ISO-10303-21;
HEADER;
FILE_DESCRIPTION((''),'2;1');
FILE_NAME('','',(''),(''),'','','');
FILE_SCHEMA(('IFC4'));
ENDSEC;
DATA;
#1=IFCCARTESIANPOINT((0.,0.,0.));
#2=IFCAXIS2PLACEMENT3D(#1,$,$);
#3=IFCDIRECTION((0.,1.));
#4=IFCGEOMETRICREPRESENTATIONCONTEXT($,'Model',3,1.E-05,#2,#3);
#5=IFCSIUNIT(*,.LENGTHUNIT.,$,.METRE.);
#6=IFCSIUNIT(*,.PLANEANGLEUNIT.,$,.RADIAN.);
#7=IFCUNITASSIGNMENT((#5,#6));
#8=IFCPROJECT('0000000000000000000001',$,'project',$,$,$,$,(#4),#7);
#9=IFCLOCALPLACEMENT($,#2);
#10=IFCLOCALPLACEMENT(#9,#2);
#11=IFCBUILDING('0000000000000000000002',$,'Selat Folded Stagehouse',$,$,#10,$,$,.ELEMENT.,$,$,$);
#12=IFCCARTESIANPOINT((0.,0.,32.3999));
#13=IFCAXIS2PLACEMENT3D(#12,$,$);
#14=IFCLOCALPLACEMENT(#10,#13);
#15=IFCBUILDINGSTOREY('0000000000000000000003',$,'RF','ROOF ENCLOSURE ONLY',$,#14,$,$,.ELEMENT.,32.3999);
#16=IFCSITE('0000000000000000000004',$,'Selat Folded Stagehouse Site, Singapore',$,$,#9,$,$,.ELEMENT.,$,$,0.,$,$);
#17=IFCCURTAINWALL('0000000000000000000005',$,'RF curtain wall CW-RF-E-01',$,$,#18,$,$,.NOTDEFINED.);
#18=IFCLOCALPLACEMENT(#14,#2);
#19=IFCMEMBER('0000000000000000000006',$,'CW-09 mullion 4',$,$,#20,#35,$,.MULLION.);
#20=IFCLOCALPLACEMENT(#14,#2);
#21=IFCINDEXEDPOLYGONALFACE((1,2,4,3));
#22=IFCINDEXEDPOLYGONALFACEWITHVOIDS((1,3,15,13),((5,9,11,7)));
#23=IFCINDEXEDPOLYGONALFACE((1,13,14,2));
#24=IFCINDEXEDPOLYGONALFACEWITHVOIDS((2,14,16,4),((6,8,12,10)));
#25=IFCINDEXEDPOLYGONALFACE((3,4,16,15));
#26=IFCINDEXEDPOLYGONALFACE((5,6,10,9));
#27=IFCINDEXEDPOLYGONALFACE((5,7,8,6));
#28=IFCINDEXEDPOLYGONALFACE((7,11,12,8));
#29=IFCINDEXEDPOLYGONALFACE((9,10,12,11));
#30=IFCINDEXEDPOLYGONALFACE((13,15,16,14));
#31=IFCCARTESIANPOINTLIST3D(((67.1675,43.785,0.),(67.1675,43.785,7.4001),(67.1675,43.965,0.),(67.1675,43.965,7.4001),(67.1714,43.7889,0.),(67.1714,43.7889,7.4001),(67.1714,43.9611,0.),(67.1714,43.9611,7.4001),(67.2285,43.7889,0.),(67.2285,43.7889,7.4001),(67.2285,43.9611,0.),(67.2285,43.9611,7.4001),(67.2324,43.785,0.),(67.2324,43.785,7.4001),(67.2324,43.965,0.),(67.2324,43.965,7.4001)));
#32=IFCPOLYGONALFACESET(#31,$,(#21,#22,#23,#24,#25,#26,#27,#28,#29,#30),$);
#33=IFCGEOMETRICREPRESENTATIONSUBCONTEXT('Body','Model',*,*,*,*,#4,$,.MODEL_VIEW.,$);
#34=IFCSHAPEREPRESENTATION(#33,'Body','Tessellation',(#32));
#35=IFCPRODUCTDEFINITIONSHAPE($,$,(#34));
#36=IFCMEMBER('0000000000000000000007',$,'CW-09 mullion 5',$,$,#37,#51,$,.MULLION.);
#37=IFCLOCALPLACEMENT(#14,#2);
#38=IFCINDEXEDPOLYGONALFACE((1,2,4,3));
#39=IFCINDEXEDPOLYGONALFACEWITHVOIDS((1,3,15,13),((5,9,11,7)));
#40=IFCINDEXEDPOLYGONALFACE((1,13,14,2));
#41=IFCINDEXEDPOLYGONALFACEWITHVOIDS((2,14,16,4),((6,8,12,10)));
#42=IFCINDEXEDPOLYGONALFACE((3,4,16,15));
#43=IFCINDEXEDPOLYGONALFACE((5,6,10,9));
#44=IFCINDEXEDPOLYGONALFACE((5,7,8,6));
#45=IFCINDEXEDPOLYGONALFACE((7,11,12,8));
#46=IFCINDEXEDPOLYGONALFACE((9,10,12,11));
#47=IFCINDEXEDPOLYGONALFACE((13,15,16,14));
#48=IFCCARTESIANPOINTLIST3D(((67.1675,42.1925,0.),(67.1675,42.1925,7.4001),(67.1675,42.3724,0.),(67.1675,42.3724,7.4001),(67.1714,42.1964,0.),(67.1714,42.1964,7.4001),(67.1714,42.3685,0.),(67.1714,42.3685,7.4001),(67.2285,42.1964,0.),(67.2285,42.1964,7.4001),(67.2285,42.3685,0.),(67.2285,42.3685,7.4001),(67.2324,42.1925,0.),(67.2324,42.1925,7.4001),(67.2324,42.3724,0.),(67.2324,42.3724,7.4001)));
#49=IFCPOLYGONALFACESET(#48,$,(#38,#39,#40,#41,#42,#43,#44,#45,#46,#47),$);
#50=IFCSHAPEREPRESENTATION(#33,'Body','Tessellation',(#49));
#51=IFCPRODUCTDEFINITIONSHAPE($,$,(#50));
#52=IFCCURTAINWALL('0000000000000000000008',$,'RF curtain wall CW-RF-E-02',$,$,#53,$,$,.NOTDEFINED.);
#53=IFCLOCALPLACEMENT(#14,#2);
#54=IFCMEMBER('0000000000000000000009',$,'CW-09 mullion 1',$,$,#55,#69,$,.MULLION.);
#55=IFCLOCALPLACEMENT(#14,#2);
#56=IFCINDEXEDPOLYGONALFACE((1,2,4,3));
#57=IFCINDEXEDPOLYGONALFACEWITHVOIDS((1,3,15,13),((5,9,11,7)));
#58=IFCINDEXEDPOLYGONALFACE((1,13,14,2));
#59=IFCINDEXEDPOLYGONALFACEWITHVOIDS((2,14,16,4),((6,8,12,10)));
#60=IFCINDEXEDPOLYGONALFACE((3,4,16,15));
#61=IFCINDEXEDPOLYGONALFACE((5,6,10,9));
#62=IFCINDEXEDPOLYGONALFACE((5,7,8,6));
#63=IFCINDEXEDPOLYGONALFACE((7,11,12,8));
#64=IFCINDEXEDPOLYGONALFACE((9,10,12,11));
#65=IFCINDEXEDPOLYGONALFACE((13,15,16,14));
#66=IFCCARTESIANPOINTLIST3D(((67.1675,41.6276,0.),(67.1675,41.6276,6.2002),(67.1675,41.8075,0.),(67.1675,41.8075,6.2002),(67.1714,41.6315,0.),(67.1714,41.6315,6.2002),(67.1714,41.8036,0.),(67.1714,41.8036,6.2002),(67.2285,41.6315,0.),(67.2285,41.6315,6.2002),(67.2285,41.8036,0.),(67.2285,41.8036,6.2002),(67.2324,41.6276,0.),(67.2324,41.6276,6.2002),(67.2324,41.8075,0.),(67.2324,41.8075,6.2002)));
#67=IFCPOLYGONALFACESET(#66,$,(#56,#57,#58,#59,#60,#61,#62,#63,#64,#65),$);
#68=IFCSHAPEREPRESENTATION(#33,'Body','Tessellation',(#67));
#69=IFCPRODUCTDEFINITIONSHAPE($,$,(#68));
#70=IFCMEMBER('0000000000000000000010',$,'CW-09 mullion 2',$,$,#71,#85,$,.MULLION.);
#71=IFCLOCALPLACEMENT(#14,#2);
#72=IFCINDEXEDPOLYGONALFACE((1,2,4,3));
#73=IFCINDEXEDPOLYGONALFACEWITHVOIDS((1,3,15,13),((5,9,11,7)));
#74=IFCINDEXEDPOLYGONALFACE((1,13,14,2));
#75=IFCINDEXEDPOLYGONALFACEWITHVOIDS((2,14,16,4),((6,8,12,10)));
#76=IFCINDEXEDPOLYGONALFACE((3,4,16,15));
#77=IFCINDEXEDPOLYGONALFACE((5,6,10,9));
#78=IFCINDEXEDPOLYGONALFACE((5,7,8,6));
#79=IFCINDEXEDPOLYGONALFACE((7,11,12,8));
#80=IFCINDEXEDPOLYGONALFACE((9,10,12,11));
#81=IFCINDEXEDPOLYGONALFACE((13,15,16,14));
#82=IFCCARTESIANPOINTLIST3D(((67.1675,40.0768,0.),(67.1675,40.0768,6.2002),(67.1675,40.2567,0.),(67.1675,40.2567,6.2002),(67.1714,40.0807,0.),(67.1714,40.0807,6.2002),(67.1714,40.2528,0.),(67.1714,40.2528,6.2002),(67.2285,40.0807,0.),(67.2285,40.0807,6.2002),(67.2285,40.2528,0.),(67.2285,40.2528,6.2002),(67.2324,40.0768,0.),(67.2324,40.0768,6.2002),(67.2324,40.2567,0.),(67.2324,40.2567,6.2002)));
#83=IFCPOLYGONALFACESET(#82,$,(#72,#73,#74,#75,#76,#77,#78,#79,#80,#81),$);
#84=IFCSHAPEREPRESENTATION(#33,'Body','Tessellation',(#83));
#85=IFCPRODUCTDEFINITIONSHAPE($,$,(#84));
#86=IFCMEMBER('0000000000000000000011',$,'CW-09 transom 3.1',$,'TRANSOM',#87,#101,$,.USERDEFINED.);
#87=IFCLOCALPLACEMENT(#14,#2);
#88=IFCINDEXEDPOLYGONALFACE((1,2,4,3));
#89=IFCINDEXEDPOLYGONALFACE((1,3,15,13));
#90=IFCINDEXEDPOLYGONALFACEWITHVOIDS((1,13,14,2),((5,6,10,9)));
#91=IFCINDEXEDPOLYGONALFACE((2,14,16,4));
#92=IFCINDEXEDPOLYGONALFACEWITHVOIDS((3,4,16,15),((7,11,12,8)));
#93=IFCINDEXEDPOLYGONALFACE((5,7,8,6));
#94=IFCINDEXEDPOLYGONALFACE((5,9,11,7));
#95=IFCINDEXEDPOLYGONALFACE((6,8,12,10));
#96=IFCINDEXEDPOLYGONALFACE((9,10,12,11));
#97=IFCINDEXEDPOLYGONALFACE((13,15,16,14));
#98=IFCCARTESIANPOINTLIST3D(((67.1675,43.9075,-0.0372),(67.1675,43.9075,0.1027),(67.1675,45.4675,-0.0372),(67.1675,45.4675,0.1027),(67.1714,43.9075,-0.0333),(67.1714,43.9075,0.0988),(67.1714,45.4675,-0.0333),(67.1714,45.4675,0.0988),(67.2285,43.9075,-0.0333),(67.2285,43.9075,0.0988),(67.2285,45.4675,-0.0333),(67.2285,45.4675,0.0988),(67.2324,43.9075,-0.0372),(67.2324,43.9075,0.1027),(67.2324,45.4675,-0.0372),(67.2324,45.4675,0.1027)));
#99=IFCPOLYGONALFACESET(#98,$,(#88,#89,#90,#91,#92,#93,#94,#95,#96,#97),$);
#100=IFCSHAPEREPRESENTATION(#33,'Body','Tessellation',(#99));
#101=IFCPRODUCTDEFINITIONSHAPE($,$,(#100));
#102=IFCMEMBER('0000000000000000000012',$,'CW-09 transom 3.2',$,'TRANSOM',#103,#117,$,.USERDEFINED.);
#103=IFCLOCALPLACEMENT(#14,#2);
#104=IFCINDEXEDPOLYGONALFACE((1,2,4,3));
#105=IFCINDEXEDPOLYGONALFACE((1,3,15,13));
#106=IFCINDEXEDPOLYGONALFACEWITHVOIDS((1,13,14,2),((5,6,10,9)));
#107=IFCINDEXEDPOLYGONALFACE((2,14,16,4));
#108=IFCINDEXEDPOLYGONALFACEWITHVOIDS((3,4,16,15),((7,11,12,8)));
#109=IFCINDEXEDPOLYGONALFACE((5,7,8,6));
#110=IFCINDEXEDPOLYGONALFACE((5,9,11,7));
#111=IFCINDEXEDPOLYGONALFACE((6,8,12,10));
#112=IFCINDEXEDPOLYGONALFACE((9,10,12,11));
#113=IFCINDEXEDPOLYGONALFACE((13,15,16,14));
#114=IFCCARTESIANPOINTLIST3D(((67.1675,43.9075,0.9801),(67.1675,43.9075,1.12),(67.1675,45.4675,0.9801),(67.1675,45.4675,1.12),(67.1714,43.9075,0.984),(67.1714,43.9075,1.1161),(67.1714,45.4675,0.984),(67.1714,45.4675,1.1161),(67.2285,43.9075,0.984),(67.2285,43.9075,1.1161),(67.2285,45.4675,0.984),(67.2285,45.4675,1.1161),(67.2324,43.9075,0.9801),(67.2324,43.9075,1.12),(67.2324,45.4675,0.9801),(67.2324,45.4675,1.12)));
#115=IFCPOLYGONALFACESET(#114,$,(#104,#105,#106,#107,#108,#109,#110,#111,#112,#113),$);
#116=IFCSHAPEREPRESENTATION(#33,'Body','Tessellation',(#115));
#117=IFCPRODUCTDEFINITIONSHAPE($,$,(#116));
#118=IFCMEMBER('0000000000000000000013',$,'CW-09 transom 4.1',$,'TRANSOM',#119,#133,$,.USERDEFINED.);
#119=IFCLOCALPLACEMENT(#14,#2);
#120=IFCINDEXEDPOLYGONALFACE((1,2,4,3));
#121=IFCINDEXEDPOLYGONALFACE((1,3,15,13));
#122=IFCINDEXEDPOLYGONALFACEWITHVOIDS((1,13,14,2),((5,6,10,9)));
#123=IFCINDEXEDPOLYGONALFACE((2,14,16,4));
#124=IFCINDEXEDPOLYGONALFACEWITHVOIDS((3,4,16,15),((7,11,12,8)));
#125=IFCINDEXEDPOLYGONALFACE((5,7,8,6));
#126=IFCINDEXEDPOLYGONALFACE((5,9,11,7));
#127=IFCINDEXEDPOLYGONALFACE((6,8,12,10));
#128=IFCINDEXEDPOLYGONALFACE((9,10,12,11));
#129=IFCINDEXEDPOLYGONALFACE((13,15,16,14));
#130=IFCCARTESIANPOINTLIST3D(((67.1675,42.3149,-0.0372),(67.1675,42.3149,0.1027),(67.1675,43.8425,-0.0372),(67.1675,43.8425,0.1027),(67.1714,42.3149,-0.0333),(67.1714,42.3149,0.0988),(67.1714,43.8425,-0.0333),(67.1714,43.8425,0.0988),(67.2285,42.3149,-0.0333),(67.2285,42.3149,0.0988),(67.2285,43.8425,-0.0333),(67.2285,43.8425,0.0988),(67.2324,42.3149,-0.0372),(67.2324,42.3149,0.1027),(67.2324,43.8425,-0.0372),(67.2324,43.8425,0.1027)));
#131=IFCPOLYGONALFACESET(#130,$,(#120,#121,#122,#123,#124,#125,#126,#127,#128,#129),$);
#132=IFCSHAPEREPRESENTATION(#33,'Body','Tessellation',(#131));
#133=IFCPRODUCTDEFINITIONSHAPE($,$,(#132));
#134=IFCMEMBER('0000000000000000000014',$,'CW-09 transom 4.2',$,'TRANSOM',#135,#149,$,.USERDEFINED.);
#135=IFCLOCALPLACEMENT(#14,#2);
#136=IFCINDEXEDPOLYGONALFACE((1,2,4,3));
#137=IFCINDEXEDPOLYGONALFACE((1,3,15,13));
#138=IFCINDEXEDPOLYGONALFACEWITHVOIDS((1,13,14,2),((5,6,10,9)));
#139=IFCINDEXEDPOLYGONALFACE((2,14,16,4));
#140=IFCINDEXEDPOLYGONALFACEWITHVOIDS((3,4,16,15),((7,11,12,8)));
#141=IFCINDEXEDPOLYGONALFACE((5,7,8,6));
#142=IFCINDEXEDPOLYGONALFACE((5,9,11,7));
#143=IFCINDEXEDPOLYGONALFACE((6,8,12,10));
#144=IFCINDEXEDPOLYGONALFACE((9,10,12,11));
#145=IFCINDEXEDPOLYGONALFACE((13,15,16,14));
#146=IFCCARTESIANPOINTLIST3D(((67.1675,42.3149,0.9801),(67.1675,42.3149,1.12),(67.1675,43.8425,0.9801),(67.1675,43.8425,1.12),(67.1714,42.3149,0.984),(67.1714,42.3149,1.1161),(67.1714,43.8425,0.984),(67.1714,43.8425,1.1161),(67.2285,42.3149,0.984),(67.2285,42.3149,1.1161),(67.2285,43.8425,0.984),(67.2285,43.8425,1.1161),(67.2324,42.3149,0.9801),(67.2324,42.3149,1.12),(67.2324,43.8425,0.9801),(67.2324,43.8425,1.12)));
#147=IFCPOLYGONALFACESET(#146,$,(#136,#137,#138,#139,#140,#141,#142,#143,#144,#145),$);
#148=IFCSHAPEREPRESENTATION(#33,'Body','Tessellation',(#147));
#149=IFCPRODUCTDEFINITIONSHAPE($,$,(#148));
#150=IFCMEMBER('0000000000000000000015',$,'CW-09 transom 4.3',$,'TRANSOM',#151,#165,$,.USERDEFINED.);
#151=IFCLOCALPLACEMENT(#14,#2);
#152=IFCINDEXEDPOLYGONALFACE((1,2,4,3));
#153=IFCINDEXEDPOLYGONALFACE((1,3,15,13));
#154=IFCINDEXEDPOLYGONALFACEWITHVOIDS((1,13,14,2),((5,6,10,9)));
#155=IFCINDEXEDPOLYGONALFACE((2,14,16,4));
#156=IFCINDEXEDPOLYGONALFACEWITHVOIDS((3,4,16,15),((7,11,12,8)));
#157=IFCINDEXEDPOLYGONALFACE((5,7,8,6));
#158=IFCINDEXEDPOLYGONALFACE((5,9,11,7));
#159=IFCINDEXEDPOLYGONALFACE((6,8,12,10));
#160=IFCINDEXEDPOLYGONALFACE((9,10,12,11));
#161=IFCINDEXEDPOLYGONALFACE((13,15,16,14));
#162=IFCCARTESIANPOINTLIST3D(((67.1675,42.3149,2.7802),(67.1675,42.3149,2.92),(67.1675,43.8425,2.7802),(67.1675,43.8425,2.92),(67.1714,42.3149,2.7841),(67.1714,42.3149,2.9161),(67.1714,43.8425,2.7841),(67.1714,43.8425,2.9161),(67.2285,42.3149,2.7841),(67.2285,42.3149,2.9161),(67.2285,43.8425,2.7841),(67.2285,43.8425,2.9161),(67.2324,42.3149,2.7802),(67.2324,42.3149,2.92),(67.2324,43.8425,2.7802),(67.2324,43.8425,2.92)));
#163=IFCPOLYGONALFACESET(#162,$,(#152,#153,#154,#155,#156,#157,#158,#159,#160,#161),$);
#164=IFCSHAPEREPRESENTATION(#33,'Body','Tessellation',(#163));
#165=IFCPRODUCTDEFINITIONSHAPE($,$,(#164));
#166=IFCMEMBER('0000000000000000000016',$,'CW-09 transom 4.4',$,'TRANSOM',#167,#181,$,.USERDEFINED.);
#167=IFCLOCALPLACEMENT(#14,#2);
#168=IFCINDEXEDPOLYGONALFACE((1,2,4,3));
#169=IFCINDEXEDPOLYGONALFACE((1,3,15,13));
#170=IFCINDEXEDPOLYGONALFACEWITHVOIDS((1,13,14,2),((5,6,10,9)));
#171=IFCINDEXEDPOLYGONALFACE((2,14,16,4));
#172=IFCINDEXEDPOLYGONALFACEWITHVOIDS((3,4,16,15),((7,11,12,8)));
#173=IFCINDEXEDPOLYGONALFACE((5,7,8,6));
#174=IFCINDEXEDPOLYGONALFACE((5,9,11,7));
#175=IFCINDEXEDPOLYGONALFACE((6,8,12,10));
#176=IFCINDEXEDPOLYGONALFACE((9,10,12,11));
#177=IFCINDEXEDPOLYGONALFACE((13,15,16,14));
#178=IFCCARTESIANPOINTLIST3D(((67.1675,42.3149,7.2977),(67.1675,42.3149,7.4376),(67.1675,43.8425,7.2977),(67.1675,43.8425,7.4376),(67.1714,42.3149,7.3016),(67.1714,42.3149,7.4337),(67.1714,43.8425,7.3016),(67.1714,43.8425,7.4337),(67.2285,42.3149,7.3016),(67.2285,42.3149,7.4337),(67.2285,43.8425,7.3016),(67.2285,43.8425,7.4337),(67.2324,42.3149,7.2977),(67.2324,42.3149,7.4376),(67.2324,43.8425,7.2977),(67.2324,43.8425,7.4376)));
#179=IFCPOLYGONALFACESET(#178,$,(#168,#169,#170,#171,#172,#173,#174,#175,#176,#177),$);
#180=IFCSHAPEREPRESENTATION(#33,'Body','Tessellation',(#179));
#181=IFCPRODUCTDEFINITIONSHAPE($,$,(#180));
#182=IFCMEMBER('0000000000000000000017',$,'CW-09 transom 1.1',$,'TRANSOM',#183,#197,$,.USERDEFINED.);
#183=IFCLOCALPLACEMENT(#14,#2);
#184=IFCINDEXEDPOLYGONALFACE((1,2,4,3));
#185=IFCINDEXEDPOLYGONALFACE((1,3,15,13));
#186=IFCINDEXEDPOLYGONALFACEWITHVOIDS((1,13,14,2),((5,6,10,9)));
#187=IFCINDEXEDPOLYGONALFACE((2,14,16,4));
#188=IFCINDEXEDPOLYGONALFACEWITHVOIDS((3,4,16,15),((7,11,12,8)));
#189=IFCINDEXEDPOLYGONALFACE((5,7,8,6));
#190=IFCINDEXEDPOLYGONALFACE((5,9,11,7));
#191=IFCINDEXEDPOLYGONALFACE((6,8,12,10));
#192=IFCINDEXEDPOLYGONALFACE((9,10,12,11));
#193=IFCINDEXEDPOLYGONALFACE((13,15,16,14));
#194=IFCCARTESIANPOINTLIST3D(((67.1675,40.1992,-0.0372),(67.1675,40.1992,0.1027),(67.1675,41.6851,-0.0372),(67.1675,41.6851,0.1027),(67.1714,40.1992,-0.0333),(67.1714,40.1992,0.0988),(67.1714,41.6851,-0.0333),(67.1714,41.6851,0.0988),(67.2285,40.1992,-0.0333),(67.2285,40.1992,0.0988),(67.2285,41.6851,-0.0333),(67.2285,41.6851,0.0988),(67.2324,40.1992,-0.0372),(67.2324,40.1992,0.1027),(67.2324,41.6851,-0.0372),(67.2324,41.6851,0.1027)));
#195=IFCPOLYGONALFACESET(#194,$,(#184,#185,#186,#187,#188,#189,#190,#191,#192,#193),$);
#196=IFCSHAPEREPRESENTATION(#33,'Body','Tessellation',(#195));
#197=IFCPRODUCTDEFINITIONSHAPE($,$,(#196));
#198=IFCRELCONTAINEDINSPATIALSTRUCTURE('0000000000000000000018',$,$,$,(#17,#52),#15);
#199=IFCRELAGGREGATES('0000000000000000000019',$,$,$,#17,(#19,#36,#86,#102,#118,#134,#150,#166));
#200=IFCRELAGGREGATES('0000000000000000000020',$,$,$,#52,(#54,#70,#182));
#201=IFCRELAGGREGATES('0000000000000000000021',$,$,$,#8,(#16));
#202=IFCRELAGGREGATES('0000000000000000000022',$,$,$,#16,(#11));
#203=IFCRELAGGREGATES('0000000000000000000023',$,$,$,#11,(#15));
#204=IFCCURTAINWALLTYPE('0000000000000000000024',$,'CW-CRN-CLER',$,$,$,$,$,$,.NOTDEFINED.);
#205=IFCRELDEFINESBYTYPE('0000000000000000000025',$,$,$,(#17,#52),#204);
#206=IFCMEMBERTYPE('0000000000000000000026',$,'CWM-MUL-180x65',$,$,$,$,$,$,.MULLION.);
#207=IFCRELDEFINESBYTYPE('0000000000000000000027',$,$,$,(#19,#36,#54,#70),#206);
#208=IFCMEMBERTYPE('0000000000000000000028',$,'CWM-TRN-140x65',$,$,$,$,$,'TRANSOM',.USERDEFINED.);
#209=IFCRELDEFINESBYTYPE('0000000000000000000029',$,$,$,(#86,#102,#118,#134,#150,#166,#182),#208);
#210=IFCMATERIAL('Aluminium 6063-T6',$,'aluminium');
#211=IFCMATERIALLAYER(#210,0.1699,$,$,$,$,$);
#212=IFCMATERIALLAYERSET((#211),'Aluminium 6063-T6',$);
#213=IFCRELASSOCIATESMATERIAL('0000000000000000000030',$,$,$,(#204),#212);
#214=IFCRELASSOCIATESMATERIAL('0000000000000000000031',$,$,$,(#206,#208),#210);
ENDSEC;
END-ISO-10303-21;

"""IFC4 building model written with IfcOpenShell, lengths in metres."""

from ifc_helpers import new_model, si_unit, direction, frame, origin, origin_2d, place, context, subcontext, project, spatial, hollow_rectangle, extrude, material, layer, layer_set, material_profile, profile_set, type_object, element, aggregate, save


model = new_model("IFC4")

# Units and contexts
model_context = context("Model", 3, precision=1e-05, world=origin(), true_north=direction((0.0, 1.0)))
body_context = subcontext(model_context, "Body", "Model", "MODEL_VIEW")
ifc_project = project(units=[si_unit("LENGTHUNIT", "METRE"), si_unit("PLANEANGLEUNIT", "RADIAN")], contexts=[model_context])

# Site, building, storey
site_placement = place(None, origin())
site = spatial("IfcSite", under=ifc_project, at=site_placement, Name="Selat Folded Stagehouse Site, Singapore", CompositionType="ELEMENT", RefElevation=0.0)
building_placement = place(site_placement, origin())
building = spatial("IfcBuilding", under=site, at=building_placement, Name="Selat Folded Stagehouse", CompositionType="ELEMENT")
storey_placement = place(building_placement, frame((0.0, 0.0, 32.3999)))
storey = spatial("IfcBuildingStorey", under=building, at=storey_placement, Name="RF", Description="ROOF ENCLOSURE ONLY", CompositionType="ELEMENT", Elevation=32.3999)

# Curtain walls, members
ifc_material_1 = material(Name="Aluminium 6063-T6", Category="aluminium")
ifc_layer_1 = layer(ifc_material_1, 0.1699)
ifc_layer_set_1 = layer_set([ifc_layer_1], Name="Aluminium 6063-T6")
curtain_wall_type = type_object("IfcCurtainWallType", Name="CW-CRN-CLER", PredefinedType="NOTDEFINED", material=ifc_layer_set_1)
curtain_wall_1_placement = place(storey_placement, origin())
curtain_wall_1 = element("IfcCurtainWall", 1, at=curtain_wall_1_placement, inside=storey, type_object=curtain_wall_type, Name="RF curtain wall CW-RF-E-01", PredefinedType="NOTDEFINED")
ifc_material_profile_1 = material_profile(ifc_material_1, hollow_rectangle(XDim=0.0649, YDim=0.1799, WallThickness=0.0039, at=origin_2d()), Name="ALU 180x65x4.0")
ifc_profile_set_1 = profile_set([ifc_material_profile_1], Name="Aluminium 6063-T6")
member_type_1 = type_object("IfcMemberType", Name="CWM-MUL-180x65", PredefinedType="MULLION", material=ifc_profile_set_1)
member_1_placement = place(storey_placement, frame((67.2, 43.875, 0.0), z_axis=(0.0, 0.0, 1.0), x_axis=(1.0, 0.0, 0.0)))
member_1 = element("IfcMember", 2, at=member_1_placement, type_object=member_type_1, Name="CW-09 mullion 4", PredefinedType="MULLION", context=body_context, shape_type="SweptSolid", body=[
    extrude(hollow_rectangle(XDim=0.0649, YDim=0.1799, WallThickness=0.0039, at=origin_2d()), origin(), (0.0, 0.0, 1.0), 7.4001),
])
member_2_placement = place(storey_placement, frame((67.2, 42.2825, 0.0), z_axis=(0.0, 0.0, 1.0), x_axis=(1.0, 0.0, 0.0)))
member_2 = element("IfcMember", 3, at=member_2_placement, type_object=member_type_1, Name="CW-09 mullion 5", PredefinedType="MULLION", context=body_context, shape_type="SweptSolid", body=[
    extrude(hollow_rectangle(XDim=0.0649, YDim=0.1799, WallThickness=0.0039, at=origin_2d()), origin(), (0.0, 0.0, 1.0), 7.4001),
])
curtain_wall_2_placement = place(storey_placement, origin())
curtain_wall_2 = element("IfcCurtainWall", 4, at=curtain_wall_2_placement, inside=storey, type_object=curtain_wall_type, Name="RF curtain wall CW-RF-E-02", PredefinedType="NOTDEFINED")
member_3_placement = place(storey_placement, frame((67.2, 41.7175, 0.0), z_axis=(0.0, 0.0, 1.0), x_axis=(1.0, 0.0, 0.0)))
member_3 = element("IfcMember", 5, at=member_3_placement, type_object=member_type_1, Name="CW-09 mullion 1", PredefinedType="MULLION", context=body_context, shape_type="SweptSolid", body=[
    extrude(hollow_rectangle(XDim=0.0649, YDim=0.1799, WallThickness=0.0039, at=origin_2d()), origin(), (0.0, 0.0, 1.0), 6.2002),
])
member_4_placement = place(storey_placement, frame((67.2, 40.1667, 0.0), z_axis=(0.0, 0.0, 1.0), x_axis=(1.0, 0.0, 0.0)))
member_4 = element("IfcMember", 6, at=member_4_placement, type_object=member_type_1, Name="CW-09 mullion 2", PredefinedType="MULLION", context=body_context, shape_type="SweptSolid", body=[
    extrude(hollow_rectangle(XDim=0.0649, YDim=0.1799, WallThickness=0.0039, at=origin_2d()), origin(), (0.0, 0.0, 1.0), 6.2002),
])

# Members
ifc_material_profile_2 = material_profile(ifc_material_1, hollow_rectangle(XDim=0.0649, YDim=0.1399, WallThickness=0.0039, at=origin_2d()), Name="ALU 140x65x4.0")
ifc_profile_set_2 = profile_set([ifc_material_profile_2], Name="Aluminium 6063-T6")
member_type_2 = type_object("IfcMemberType", Name="CWM-TRN-140x65", ElementType="TRANSOM", PredefinedType="USERDEFINED", material=ifc_profile_set_2)
member_5_placement = place(storey_placement, frame((67.2, 45.4675, 0.0327), z_axis=(0.0, -1.0, 0.0), x_axis=(1.0, 0.0, 0.0)))
member_5 = element("IfcMember", 7, at=member_5_placement, type_object=member_type_2, Name="CW-09 transom 3.1", ObjectType="TRANSOM", PredefinedType="USERDEFINED", context=body_context, shape_type="SweptSolid", body=[
    extrude(hollow_rectangle(XDim=0.0649, YDim=0.1399, WallThickness=0.0039, at=origin_2d()), origin(), (0.0, 0.0, 1.0), 1.5601),
])
member_6_placement = place(storey_placement, frame((67.2, 45.4675, 1.05), z_axis=(0.0, -1.0, 0.0), x_axis=(1.0, 0.0, 0.0)))
member_6 = element("IfcMember", 8, at=member_6_placement, type_object=member_type_2, Name="CW-09 transom 3.2", ObjectType="TRANSOM", PredefinedType="USERDEFINED", context=body_context, shape_type="SweptSolid", body=[
    extrude(hollow_rectangle(XDim=0.0649, YDim=0.1399, WallThickness=0.0039, at=origin_2d()), origin(), (0.0, 0.0, 1.0), 1.5601),
])
member_7_placement = place(storey_placement, frame((67.2, 43.8425, 0.0327), z_axis=(0.0, -1.0, 0.0), x_axis=(1.0, 0.0, 0.0)))
member_7 = element("IfcMember", 9, at=member_7_placement, type_object=member_type_2, Name="CW-09 transom 4.1", ObjectType="TRANSOM", PredefinedType="USERDEFINED", context=body_context, shape_type="SweptSolid", body=[
    extrude(hollow_rectangle(XDim=0.0649, YDim=0.1399, WallThickness=0.0039, at=origin_2d()), origin(), (0.0, 0.0, 1.0), 1.5276),
])
member_8_placement = place(storey_placement, frame((67.2, 43.8425, 1.05), z_axis=(0.0, -1.0, 0.0), x_axis=(1.0, 0.0, 0.0)))
member_8 = element("IfcMember", 10, at=member_8_placement, type_object=member_type_2, Name="CW-09 transom 4.2", ObjectType="TRANSOM", PredefinedType="USERDEFINED", context=body_context, shape_type="SweptSolid", body=[
    extrude(hollow_rectangle(XDim=0.0649, YDim=0.1399, WallThickness=0.0039, at=origin_2d()), origin(), (0.0, 0.0, 1.0), 1.5276),
])
member_9_placement = place(storey_placement, frame((67.2, 43.8425, 2.8501), z_axis=(0.0, -1.0, 0.0), x_axis=(1.0, 0.0, 0.0)))
member_9 = element("IfcMember", 11, at=member_9_placement, type_object=member_type_2, Name="CW-09 transom 4.3", ObjectType="TRANSOM", PredefinedType="USERDEFINED", context=body_context, shape_type="SweptSolid", body=[
    extrude(hollow_rectangle(XDim=0.0649, YDim=0.1399, WallThickness=0.0039, at=origin_2d()), origin(), (0.0, 0.0, 1.0), 1.5276),
])
member_10_placement = place(storey_placement, frame((67.2, 43.8425, 7.3677), z_axis=(0.0, -1.0, 0.0), x_axis=(1.0, 0.0, 0.0)))
member_10 = element("IfcMember", 12, at=member_10_placement, type_object=member_type_2, Name="CW-09 transom 4.4", ObjectType="TRANSOM", PredefinedType="USERDEFINED", context=body_context, shape_type="SweptSolid", body=[
    extrude(hollow_rectangle(XDim=0.0649, YDim=0.1399, WallThickness=0.0039, at=origin_2d()), origin(), (0.0, 0.0, 1.0), 1.5276),
])
member_11_placement = place(storey_placement, frame((67.2, 41.6851, 0.0327), z_axis=(0.0, -1.0, 0.0), x_axis=(1.0, 0.0, 0.0)))
member_11 = element("IfcMember", 13, at=member_11_placement, type_object=member_type_2, Name="CW-09 transom 1.1", ObjectType="TRANSOM", PredefinedType="USERDEFINED", context=body_context, shape_type="SweptSolid", body=[
    extrude(hollow_rectangle(XDim=0.0649, YDim=0.1399, WallThickness=0.0039, at=origin_2d()), origin(), (0.0, 0.0, 1.0), 1.4858),
])

aggregate(curtain_wall_1, [member_1, member_2, member_5, member_6, member_7, member_8, member_9, member_10])
aggregate(curtain_wall_2, [member_3, member_4, member_11])

save(model, "model.ifc")
